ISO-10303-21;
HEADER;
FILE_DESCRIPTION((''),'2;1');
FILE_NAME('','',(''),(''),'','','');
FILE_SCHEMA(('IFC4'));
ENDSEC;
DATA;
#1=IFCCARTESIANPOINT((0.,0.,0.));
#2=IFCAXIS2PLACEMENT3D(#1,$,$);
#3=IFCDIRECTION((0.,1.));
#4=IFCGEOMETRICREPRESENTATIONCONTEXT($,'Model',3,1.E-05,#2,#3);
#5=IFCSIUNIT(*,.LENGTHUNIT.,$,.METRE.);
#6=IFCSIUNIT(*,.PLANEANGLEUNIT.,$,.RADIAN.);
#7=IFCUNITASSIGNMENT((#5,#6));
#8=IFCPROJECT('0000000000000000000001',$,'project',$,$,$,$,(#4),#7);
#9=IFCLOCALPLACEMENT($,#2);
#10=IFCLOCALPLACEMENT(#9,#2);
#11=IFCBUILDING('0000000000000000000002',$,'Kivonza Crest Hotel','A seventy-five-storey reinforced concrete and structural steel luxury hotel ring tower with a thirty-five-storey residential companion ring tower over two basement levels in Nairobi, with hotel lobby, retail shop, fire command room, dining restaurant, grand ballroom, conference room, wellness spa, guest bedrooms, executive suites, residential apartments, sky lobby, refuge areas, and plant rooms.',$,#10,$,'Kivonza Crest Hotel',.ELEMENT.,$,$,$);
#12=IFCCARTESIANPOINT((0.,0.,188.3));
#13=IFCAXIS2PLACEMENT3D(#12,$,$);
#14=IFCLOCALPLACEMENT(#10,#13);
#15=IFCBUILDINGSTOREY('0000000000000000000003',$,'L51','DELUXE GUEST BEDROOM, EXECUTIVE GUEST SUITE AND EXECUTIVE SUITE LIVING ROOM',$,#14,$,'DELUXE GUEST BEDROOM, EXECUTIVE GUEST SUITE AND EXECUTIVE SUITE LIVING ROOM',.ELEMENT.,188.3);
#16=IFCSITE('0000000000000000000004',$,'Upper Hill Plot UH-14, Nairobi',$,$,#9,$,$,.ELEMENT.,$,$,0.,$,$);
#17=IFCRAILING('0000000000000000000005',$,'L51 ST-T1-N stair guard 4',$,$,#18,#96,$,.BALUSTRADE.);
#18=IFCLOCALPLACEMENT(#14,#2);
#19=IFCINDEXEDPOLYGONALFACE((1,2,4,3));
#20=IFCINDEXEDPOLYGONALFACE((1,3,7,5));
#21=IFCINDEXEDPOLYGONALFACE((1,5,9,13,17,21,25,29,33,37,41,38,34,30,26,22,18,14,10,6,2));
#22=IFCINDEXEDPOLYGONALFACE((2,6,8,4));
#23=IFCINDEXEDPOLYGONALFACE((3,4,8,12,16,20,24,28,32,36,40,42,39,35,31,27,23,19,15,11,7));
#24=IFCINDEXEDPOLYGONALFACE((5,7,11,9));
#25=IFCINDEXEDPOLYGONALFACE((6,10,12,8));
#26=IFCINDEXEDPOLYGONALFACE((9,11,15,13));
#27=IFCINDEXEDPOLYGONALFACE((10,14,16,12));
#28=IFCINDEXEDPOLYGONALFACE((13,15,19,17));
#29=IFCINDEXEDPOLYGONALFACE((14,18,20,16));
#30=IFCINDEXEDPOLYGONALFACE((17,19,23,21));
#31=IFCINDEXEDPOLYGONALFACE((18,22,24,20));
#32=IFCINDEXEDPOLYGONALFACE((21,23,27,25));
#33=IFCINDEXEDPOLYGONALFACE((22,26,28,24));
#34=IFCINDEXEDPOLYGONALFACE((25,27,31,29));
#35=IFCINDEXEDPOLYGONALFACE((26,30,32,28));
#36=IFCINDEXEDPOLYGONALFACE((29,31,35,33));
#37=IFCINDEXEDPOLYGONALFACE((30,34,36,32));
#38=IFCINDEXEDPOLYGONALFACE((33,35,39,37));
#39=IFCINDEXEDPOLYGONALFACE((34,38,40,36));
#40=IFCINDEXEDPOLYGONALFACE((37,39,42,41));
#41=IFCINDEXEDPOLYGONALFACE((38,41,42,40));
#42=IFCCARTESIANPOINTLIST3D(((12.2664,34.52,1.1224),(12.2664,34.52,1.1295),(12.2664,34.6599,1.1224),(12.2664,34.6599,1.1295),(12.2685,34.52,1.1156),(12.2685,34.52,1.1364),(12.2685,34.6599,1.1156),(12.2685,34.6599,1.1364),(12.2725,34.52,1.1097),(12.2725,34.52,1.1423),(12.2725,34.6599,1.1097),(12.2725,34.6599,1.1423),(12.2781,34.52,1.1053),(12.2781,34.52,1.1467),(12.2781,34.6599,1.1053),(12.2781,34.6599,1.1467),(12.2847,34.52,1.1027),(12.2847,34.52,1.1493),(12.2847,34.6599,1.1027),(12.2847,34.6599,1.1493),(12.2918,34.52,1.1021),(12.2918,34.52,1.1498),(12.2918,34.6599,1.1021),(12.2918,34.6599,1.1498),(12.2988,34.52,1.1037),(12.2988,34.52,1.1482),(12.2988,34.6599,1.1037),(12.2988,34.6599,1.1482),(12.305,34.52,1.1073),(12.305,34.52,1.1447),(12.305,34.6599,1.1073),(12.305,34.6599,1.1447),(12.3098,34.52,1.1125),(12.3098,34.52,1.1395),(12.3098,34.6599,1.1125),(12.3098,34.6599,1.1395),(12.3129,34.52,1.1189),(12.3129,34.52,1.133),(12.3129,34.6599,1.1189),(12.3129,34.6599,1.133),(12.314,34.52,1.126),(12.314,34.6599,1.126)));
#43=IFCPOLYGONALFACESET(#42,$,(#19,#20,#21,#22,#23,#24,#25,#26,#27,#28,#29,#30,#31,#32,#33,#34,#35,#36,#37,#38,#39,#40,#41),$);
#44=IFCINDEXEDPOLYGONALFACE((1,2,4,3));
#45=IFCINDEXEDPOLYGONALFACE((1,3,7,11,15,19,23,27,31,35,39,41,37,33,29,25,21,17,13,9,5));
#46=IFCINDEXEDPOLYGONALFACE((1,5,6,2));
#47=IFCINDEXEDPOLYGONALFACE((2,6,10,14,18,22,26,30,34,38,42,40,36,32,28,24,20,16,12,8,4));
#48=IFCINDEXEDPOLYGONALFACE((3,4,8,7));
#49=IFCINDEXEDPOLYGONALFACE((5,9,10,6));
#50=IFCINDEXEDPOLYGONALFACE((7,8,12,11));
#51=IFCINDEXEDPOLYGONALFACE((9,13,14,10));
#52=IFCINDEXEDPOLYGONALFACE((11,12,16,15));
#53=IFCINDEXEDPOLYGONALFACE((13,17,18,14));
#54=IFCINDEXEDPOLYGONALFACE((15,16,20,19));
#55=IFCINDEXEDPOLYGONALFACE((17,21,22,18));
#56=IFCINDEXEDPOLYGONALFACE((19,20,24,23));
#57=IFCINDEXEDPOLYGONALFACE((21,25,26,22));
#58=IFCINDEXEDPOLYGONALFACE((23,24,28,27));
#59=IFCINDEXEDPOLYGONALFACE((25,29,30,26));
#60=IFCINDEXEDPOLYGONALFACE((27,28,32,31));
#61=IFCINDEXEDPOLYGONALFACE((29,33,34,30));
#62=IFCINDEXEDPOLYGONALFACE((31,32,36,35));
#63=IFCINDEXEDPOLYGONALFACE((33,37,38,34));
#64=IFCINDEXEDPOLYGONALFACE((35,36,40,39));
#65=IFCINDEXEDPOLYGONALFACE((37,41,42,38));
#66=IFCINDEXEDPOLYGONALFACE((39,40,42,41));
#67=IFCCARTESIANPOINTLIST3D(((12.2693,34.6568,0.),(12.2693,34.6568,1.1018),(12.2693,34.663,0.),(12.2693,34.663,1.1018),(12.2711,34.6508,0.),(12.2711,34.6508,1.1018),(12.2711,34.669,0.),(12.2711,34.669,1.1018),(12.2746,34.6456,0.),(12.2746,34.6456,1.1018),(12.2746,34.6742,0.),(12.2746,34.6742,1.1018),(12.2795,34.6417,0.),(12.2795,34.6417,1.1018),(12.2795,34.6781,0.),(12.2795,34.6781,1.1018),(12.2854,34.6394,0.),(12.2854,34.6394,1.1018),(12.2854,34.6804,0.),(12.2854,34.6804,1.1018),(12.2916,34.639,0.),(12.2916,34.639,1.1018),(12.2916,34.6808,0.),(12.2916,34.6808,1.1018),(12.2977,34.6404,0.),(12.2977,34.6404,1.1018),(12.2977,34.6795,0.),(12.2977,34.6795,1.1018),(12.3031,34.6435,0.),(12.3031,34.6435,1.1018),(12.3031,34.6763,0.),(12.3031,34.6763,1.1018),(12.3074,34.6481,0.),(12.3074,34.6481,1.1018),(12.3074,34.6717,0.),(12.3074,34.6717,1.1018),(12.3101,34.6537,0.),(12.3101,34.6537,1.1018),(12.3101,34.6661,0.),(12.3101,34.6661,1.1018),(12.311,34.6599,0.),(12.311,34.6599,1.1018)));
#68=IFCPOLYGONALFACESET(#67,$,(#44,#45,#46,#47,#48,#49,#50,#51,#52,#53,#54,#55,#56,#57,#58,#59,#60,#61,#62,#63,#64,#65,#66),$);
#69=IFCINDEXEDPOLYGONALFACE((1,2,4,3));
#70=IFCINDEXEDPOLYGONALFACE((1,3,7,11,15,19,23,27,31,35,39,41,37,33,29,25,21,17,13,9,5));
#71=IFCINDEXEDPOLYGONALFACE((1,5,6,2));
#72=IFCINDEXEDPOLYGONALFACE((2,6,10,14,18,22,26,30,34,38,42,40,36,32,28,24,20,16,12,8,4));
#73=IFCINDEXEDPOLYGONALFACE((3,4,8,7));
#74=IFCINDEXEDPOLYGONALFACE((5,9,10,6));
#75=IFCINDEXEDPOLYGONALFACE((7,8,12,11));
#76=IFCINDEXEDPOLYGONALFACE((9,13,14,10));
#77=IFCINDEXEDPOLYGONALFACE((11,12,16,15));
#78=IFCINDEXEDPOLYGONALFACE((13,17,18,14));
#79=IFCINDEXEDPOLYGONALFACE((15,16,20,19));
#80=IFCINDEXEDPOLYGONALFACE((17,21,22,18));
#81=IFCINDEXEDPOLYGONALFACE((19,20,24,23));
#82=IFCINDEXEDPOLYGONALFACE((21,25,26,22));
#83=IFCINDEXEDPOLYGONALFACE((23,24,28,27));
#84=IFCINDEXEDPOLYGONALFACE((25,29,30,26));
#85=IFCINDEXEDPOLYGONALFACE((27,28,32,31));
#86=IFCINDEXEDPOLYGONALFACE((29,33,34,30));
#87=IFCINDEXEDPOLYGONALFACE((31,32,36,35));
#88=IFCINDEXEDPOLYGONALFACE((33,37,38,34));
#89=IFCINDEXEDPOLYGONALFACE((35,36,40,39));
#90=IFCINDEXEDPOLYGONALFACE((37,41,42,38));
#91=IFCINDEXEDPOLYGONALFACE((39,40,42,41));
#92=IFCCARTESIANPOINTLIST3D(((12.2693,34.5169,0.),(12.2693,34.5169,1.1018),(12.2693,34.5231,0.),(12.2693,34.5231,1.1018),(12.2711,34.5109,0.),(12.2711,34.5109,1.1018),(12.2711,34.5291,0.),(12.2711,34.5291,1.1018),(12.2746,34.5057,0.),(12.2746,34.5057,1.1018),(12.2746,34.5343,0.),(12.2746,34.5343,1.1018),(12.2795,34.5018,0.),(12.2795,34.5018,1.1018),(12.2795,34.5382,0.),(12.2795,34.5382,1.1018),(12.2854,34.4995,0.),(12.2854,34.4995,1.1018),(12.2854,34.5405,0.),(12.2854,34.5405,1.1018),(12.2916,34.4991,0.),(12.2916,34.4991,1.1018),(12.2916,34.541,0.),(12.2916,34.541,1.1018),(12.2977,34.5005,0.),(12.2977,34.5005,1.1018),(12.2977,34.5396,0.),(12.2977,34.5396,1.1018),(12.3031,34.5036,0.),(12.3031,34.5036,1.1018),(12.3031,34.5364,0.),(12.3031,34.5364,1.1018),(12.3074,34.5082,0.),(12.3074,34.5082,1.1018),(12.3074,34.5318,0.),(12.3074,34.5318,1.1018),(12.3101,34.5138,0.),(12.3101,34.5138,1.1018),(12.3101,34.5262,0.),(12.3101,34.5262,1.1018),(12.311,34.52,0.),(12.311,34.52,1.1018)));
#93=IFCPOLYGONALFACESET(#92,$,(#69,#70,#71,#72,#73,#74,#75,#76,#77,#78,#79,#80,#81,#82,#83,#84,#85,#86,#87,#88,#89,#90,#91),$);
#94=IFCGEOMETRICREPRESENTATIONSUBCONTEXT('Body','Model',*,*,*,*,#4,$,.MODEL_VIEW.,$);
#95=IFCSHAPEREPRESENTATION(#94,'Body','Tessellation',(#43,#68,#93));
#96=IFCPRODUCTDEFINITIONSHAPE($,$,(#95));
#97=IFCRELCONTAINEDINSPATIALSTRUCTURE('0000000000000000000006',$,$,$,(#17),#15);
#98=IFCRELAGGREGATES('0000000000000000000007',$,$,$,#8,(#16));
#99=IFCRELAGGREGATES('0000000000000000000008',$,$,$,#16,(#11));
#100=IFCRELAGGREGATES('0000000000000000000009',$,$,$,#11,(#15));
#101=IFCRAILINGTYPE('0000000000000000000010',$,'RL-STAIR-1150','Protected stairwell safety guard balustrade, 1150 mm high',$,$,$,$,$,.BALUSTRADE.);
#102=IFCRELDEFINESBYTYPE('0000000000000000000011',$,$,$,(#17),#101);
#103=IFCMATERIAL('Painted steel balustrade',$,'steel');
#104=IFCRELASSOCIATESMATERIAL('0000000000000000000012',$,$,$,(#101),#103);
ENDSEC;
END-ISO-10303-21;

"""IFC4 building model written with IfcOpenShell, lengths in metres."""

from ifc_helpers import new_model, si_unit, direction, frame, origin, origin_2d, place, context, subcontext, project, spatial, circle, extrude, material, type_object, element, save


model = new_model("IFC4")

# Units and contexts
model_context = context("Model", 3, precision=1e-05, world=origin(), true_north=direction((0.0, 1.0)))
body_context = subcontext(model_context, "Body", "Model", "MODEL_VIEW")
ifc_project = project(units=[si_unit("LENGTHUNIT", "METRE"), si_unit("PLANEANGLEUNIT", "RADIAN")], contexts=[model_context])

# Site, building, storey
site_placement = place(None, origin())
site = spatial("IfcSite", under=ifc_project, at=site_placement, Name="Upper Hill Plot UH-14, Nairobi", CompositionType="ELEMENT", RefElevation=0.0)
building_placement = place(site_placement, origin())
building = spatial("IfcBuilding", under=site, at=building_placement, Name="Kivonza Crest Hotel", Description="A seventy-five-storey reinforced concrete and structural steel luxury hotel ring tower with a thirty-five-storey residential companion ring tower over two basement levels in Nairobi, with hotel lobby, retail shop, fire command room, dining restaurant, grand ballroom, conference room, wellness spa, guest bedrooms, executive suites, residential apartments, sky lobby, refuge areas, and plant rooms.", LongName="Kivonza Crest Hotel", CompositionType="ELEMENT")
storey_placement = place(building_placement, frame((0.0, 0.0, 188.3)))
storey = spatial("IfcBuildingStorey", under=building, at=storey_placement, Name="L51", Description="DELUXE GUEST BEDROOM, EXECUTIVE GUEST SUITE AND EXECUTIVE SUITE LIVING ROOM", LongName="DELUXE GUEST BEDROOM, EXECUTIVE GUEST SUITE AND EXECUTIVE SUITE LIVING ROOM", CompositionType="ELEMENT", Elevation=188.3)

# Railing
ifc_material_1 = material(Name="Painted steel balustrade", Category="steel")
railing_type_1 = type_object("IfcRailingType", Name="RL-STAIR-1150", Description="Protected stairwell safety guard balustrade, 1150 mm high", PredefinedType="BALUSTRADE", material=ifc_material_1)
railing_1_placement = place(storey_placement, frame((12.29, 34.6599, 0.0)))
element("IfcRailing", 1, at=railing_1_placement, inside=storey, type_object=railing_type_1, Name="L51 ST-T1-N stair guard 4", PredefinedType="BALUSTRADE", context=body_context, shape_type="SweptSolid", body=[
    extrude(circle(Radius=0.0239, at=origin_2d()), frame((0.0, 0.0, 1.126), z_axis=(0.0, -1.0, 0.0), x_axis=(1.0, 0.0, 0.0)), (0.0, 0.0, 1.0), 0.1399),
    extrude(circle(Radius=0.021, at=origin_2d()), origin(), (0.0, 0.0, 1.0), 1.1018),
    extrude(circle(Radius=0.021, at=origin_2d()), frame((0.0, -0.1399, 0.0)), (0.0, 0.0, 1.0), 1.1018),
])

save(model, "model.ifc")
